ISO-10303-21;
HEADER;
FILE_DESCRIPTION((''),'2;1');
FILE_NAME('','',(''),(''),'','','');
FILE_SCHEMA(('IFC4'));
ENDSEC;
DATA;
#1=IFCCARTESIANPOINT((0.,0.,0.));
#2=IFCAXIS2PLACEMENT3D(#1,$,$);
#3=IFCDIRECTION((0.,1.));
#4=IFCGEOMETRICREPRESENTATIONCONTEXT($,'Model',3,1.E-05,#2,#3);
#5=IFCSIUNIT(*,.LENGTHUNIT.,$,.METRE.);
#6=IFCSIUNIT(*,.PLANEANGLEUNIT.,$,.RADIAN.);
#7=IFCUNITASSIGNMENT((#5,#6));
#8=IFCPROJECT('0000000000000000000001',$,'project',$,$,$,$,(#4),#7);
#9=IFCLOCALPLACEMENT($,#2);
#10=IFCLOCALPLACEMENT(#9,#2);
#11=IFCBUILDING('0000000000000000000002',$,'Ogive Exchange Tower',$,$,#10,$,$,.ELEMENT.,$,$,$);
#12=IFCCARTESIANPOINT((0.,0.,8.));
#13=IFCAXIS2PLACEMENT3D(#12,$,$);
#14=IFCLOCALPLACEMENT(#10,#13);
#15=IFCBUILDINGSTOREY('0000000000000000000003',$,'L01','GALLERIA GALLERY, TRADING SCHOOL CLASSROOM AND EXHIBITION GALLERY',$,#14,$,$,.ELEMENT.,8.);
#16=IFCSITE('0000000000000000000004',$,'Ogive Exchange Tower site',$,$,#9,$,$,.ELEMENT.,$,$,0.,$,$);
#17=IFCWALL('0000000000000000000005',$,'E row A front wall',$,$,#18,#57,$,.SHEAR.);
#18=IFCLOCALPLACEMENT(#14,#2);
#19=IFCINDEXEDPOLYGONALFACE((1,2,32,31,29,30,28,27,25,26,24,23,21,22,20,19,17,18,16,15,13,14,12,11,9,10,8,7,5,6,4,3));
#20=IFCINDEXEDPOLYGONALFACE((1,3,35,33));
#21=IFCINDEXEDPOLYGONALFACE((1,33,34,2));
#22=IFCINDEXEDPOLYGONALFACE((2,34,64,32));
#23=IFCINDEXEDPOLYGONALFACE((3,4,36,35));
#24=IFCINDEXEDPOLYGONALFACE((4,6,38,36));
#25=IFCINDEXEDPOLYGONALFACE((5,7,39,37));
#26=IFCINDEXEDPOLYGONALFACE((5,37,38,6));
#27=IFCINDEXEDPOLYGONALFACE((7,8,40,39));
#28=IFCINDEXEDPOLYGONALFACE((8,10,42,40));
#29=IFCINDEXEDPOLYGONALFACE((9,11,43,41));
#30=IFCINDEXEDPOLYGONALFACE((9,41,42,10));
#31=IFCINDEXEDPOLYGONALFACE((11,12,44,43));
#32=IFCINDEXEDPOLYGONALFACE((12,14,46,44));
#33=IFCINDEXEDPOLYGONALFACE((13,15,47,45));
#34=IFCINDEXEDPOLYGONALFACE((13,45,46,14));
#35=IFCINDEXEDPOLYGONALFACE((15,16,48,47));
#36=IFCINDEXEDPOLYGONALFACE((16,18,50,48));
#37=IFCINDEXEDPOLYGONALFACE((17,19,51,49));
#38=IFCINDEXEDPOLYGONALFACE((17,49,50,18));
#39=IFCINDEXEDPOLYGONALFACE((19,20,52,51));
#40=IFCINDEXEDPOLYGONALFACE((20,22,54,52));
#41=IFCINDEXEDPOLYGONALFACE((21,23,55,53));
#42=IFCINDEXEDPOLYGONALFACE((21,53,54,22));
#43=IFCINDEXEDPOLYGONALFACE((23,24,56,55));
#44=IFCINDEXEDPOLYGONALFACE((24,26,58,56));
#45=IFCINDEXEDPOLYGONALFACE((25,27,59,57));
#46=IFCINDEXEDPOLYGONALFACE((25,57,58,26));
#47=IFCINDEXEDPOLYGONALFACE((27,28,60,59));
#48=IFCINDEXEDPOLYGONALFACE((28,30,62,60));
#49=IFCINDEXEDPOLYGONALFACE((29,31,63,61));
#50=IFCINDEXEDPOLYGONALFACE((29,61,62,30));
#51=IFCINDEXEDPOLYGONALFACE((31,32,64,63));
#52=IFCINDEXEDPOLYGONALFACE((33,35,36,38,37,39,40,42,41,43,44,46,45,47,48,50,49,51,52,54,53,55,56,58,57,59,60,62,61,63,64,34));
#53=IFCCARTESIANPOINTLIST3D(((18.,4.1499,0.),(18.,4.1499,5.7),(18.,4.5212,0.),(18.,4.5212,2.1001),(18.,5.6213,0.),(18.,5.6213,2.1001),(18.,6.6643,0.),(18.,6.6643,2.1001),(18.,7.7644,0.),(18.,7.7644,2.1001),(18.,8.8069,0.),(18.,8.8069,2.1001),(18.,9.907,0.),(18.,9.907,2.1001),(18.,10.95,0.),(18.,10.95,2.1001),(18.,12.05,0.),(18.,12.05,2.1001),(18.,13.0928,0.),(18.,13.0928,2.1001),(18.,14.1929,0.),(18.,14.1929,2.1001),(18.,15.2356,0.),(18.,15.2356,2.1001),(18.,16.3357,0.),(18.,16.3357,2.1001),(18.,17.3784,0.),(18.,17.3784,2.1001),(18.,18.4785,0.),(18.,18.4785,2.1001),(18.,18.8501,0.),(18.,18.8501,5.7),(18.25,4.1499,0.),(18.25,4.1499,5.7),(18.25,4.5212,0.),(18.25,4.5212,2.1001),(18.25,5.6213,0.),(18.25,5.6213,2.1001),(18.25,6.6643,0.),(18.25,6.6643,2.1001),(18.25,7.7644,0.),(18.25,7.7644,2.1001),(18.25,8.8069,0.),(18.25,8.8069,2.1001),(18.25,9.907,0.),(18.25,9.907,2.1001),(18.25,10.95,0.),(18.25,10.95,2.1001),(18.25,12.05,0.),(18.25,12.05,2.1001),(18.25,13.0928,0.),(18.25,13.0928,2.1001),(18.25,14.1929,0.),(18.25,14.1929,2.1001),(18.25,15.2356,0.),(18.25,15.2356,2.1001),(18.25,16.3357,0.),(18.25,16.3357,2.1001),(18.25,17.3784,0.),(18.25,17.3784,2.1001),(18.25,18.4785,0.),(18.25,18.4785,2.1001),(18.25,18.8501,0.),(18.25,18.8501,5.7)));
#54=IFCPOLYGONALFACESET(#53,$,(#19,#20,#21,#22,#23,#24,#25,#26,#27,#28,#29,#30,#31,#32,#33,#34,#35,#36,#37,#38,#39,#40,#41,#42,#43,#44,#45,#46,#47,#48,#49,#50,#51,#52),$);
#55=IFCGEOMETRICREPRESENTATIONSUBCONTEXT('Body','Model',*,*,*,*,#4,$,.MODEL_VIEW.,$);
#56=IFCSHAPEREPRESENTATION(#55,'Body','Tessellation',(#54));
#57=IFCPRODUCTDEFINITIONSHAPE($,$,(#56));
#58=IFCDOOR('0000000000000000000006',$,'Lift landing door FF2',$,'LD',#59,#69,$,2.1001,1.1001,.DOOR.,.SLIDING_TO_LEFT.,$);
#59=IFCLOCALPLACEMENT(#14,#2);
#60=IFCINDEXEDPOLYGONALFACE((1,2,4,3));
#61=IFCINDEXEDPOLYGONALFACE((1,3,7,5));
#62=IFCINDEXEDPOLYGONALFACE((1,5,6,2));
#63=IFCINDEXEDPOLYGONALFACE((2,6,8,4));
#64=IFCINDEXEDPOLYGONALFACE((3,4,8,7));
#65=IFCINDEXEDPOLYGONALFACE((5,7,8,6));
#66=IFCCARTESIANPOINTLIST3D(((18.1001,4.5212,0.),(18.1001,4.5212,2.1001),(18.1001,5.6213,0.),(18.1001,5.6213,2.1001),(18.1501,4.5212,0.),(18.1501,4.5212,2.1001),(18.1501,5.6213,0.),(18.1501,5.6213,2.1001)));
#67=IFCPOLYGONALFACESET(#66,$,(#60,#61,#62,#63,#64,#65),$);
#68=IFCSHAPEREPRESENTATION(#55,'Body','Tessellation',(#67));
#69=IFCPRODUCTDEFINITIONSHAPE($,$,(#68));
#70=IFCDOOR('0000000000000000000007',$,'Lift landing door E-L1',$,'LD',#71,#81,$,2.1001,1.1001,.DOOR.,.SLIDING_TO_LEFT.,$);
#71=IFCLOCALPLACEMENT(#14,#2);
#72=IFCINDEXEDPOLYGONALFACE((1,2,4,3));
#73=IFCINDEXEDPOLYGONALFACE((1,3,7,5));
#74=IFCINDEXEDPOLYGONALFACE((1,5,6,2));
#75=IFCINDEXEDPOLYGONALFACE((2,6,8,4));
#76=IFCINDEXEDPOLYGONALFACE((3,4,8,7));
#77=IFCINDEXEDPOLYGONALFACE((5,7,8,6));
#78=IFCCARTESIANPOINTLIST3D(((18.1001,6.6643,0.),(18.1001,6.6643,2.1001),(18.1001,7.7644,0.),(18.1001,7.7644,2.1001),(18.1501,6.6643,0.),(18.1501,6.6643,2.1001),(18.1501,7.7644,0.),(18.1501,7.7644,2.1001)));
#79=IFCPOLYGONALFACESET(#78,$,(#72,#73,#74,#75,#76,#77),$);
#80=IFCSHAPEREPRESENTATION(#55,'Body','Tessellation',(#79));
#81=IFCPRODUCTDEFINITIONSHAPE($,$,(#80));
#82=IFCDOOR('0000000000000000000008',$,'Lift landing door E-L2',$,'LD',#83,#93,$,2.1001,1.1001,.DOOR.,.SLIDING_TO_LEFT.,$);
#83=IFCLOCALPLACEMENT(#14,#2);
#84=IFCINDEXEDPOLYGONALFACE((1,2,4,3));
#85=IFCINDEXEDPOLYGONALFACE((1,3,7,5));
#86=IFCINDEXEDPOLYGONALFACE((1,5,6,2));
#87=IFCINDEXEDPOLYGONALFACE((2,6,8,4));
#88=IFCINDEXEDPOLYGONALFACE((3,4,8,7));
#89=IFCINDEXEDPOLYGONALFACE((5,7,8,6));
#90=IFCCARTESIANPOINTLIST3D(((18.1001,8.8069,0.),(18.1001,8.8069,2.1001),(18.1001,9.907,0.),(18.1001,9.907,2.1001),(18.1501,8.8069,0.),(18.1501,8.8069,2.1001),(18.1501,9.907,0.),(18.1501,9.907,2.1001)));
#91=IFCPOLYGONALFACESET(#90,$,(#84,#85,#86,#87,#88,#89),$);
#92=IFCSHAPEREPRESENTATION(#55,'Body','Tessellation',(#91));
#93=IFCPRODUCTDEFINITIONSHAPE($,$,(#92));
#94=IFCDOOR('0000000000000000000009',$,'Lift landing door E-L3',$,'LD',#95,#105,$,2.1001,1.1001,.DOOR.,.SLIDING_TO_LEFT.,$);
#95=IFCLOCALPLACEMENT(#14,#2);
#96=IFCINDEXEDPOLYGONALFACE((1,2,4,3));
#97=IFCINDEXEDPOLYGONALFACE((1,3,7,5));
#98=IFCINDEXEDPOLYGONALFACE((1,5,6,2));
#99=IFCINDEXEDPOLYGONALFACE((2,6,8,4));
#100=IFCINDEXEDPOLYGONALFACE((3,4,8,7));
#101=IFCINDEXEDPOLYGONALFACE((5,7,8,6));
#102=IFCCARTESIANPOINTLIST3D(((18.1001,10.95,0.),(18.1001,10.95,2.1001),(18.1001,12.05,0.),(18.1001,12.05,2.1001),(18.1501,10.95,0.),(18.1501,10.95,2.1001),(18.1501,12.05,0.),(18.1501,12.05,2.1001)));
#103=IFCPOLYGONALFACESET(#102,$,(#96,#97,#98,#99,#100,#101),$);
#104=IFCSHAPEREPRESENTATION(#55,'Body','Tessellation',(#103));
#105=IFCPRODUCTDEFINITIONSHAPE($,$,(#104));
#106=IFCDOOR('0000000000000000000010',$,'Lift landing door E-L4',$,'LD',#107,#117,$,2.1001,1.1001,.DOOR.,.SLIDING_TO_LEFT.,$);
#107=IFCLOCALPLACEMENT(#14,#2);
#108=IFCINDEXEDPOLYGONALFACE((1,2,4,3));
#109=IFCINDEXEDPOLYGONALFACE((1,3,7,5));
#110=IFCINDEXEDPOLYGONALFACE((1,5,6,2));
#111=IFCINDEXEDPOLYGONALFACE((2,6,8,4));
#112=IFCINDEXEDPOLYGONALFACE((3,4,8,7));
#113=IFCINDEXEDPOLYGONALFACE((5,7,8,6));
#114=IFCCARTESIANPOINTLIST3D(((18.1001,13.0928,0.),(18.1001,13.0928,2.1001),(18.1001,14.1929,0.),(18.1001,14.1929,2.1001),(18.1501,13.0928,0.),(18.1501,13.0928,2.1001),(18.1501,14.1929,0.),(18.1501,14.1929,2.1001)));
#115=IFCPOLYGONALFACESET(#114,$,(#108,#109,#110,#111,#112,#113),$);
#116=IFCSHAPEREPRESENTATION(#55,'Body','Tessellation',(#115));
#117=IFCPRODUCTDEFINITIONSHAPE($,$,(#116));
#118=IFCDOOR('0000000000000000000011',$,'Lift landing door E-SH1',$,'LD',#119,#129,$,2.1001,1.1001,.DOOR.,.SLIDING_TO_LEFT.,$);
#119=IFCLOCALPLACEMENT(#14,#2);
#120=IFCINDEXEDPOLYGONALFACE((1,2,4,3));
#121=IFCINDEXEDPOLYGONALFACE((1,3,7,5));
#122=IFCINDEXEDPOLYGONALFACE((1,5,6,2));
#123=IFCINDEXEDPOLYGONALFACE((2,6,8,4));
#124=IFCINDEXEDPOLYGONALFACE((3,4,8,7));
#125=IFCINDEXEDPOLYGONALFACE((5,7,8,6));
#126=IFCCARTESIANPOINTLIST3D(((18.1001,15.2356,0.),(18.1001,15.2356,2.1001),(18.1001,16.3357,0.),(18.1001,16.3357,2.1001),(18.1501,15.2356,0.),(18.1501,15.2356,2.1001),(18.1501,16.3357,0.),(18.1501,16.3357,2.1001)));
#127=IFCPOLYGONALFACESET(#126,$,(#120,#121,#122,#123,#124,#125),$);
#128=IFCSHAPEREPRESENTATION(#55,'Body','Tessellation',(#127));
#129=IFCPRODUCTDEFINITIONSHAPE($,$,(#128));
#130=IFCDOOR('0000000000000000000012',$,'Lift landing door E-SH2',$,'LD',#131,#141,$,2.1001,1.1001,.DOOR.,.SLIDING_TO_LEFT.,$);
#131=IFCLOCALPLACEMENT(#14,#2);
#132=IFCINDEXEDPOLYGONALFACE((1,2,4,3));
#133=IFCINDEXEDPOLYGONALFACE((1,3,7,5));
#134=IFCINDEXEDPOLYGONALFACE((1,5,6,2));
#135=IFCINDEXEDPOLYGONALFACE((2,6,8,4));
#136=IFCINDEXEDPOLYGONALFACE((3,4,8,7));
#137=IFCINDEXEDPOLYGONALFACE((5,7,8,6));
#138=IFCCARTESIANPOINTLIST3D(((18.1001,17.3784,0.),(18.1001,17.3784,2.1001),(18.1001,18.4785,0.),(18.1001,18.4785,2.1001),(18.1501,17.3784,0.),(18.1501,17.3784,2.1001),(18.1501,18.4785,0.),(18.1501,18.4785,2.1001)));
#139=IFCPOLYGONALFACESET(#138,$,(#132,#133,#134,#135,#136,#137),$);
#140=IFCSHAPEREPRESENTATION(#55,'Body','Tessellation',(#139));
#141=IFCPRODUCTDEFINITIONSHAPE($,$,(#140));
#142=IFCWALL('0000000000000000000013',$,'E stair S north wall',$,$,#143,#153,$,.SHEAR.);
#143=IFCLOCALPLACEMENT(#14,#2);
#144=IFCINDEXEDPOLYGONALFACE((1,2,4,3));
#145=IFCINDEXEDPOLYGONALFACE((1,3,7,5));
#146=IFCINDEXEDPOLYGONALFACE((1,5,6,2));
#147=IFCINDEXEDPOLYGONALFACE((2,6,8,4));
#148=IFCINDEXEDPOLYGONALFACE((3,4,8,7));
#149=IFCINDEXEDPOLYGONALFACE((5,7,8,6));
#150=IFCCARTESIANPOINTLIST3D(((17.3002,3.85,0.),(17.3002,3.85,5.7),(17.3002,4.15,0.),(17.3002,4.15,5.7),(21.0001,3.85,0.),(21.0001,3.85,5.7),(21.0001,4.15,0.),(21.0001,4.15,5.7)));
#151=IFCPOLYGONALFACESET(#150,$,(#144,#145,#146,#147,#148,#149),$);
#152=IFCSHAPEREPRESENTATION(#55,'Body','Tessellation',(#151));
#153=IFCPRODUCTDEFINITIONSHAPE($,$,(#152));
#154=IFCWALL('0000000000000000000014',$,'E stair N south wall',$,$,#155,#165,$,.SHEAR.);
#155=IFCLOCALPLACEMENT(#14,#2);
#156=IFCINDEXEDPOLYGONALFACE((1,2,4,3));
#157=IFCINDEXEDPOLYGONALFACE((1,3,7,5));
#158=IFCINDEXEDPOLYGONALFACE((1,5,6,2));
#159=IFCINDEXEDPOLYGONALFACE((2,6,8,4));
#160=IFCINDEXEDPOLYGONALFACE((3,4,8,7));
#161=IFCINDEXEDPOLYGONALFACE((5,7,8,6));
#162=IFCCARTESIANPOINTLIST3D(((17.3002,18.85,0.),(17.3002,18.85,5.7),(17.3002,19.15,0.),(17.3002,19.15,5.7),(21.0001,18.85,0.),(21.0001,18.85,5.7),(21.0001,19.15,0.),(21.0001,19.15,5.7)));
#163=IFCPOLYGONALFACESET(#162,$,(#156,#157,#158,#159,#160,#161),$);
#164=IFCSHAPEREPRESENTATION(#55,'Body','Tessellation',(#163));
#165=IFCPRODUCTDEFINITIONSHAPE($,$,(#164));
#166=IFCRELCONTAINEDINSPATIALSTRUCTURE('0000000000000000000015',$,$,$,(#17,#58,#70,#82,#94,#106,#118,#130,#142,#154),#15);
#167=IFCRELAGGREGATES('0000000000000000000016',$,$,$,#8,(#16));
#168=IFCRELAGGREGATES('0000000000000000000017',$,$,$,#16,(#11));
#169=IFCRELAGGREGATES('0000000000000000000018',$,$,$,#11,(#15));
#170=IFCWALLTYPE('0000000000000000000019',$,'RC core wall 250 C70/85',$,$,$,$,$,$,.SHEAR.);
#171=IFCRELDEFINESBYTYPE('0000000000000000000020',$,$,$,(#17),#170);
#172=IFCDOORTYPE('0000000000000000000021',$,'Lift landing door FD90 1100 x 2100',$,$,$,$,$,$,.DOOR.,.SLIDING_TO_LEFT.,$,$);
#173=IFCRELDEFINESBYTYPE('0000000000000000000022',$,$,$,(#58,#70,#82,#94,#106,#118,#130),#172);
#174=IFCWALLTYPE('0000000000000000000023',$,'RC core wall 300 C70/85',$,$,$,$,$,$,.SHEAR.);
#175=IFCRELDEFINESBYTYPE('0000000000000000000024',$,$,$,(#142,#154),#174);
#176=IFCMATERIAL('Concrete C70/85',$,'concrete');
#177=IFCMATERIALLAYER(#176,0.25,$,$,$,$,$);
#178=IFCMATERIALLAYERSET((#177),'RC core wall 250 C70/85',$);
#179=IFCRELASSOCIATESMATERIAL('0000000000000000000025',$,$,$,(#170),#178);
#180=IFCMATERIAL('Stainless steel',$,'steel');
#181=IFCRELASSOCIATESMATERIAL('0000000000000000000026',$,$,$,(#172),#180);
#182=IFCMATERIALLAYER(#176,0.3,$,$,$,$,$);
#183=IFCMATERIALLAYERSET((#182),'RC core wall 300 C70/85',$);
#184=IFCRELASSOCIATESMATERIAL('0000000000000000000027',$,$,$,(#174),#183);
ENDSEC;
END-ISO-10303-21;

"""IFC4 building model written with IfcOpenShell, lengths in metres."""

from ifc_helpers import new_model, si_unit, direction, frame, frame_2d, origin, place, context, subcontext, project, spatial, rectangle, extrude, material, layer, layer_set, type_object, element, fill, save


model = new_model("IFC4")

# Units and contexts
model_context = context("Model", 3, precision=1e-05, world=origin(), true_north=direction((0.0, 1.0)))
body_context = subcontext(model_context, "Body", "Model", "MODEL_VIEW")
ifc_project = project(units=[si_unit("LENGTHUNIT", "METRE"), si_unit("PLANEANGLEUNIT", "RADIAN")], contexts=[model_context])

# Site, building, storey
site_placement = place(None, origin())
site = spatial("IfcSite", under=ifc_project, at=site_placement, Name="Ogive Exchange Tower site", CompositionType="ELEMENT", RefElevation=0.0)
building_placement = place(site_placement, origin())
building = spatial("IfcBuilding", under=site, at=building_placement, Name="Ogive Exchange Tower", CompositionType="ELEMENT")
storey_placement = place(building_placement, frame((0.0, 0.0, 8.0)))
storey = spatial("IfcBuildingStorey", under=building, at=storey_placement, Name="L01", Description="GALLERIA GALLERY, TRADING SCHOOL CLASSROOM AND EXHIBITION GALLERY", CompositionType="ELEMENT", Elevation=8.0)

# Shared definitions
ifc_material_1 = material(Name="Concrete C70/85", Category="concrete")
ifc_layer_1 = layer(ifc_material_1, 0.25)
ifc_layer_set_1 = layer_set([ifc_layer_1], Name="RC core wall 250 C70/85")
wall_type_1 = type_object("IfcWallType", Name="RC core wall 250 C70/85", PredefinedType="SHEAR", material=ifc_layer_set_1)

# Wall, openings, doors
wall_1_placement = place(storey_placement, frame((18.125, 4.1499, 0.0), z_axis=(0.0, 0.0, 1.0), x_axis=(0.0, 1.0, 0.0)))
wall_1 = element("IfcWall", 1, at=wall_1_placement, inside=storey, type_object=wall_type_1, Name="E row A front wall", PredefinedType="SHEAR", context=body_context, shape_type="SweptSolid", body=[
    extrude(rectangle(XDim=14.7002, YDim=0.25, at=frame_2d((7.3501, 0.0))), origin(), (0.0, 0.0, 1.0), 5.7),
])
opening_1_placement = place(wall_1_placement, frame((0.3713, 0.0, 0.0)))
opening_1 = element("IfcOpeningElement", 2, at=opening_1_placement, cuts=wall_1, PredefinedType="OPENING", context=body_context, shape_type="SweptSolid", body=[
    extrude(rectangle(XDim=1.1001, YDim=2.1001, at=frame_2d((0.55, 1.05))), frame((0.0, 0.135, 0.0), z_axis=(0.0, -1.0, 0.0), x_axis=(1.0, 0.0, 0.0)), (0.0, 0.0, 1.0), 0.27),
])
opening_2_placement = place(wall_1_placement, frame((2.5144, 0.0, 0.0)))
opening_2 = element("IfcOpeningElement", 3, at=opening_2_placement, cuts=wall_1, PredefinedType="OPENING", context=body_context, shape_type="SweptSolid", body=[
    extrude(rectangle(XDim=1.1001, YDim=2.1001, at=frame_2d((0.55, 1.05))), frame((0.0, 0.135, 0.0), z_axis=(0.0, -1.0, 0.0), x_axis=(1.0, 0.0, 0.0)), (0.0, 0.0, 1.0), 0.27),
])
opening_3_placement = place(wall_1_placement, frame((4.657, 0.0, 0.0)))
opening_3 = element("IfcOpeningElement", 4, at=opening_3_placement, cuts=wall_1, PredefinedType="OPENING", context=body_context, shape_type="SweptSolid", body=[
    extrude(rectangle(XDim=1.1001, YDim=2.1001, at=frame_2d((0.55, 1.05))), frame((0.0, 0.135, 0.0), z_axis=(0.0, -1.0, 0.0), x_axis=(1.0, 0.0, 0.0)), (0.0, 0.0, 1.0), 0.27),
])
opening_4_placement = place(wall_1_placement, frame((6.8, 0.0, 0.0)))
opening_4 = element("IfcOpeningElement", 5, at=opening_4_placement, cuts=wall_1, PredefinedType="OPENING", context=body_context, shape_type="SweptSolid", body=[
    extrude(rectangle(XDim=1.1001, YDim=2.1001, at=frame_2d((0.55, 1.05))), frame((0.0, 0.135, 0.0), z_axis=(0.0, -1.0, 0.0), x_axis=(1.0, 0.0, 0.0)), (0.0, 0.0, 1.0), 0.27),
])
opening_5_placement = place(wall_1_placement, frame((8.9429, 0.0, 0.0)))
opening_5 = element("IfcOpeningElement", 6, at=opening_5_placement, cuts=wall_1, PredefinedType="OPENING", context=body_context, shape_type="SweptSolid", body=[
    extrude(rectangle(XDim=1.1001, YDim=2.1001, at=frame_2d((0.55, 1.05))), frame((0.0, 0.135, 0.0), z_axis=(0.0, -1.0, 0.0), x_axis=(1.0, 0.0, 0.0)), (0.0, 0.0, 1.0), 0.27),
])
opening_6_placement = place(wall_1_placement, frame((11.0857, 0.0, 0.0)))
opening_6 = element("IfcOpeningElement", 7, at=opening_6_placement, cuts=wall_1, PredefinedType="OPENING", context=body_context, shape_type="SweptSolid", body=[
    extrude(rectangle(XDim=1.1001, YDim=2.1001, at=frame_2d((0.55, 1.05))), frame((0.0, 0.135, 0.0), z_axis=(0.0, -1.0, 0.0), x_axis=(1.0, 0.0, 0.0)), (0.0, 0.0, 1.0), 0.27),
])
opening_7_placement = place(wall_1_placement, frame((13.2285, 0.0, 0.0)))
opening_7 = element("IfcOpeningElement", 8, at=opening_7_placement, cuts=wall_1, PredefinedType="OPENING", context=body_context, shape_type="SweptSolid", body=[
    extrude(rectangle(XDim=1.1001, YDim=2.1001, at=frame_2d((0.55, 1.05))), frame((0.0, 0.135, 0.0), z_axis=(0.0, -1.0, 0.0), x_axis=(1.0, 0.0, 0.0)), (0.0, 0.0, 1.0), 0.27),
])
ifc_material_2 = material(Name="Stainless steel", Category="steel")
door_type_1 = type_object("IfcDoorType", Name="Lift landing door FD90 1100 x 2100", OperationType="SLIDING_TO_LEFT", PredefinedType="DOOR", material=ifc_material_2)
door_1_placement = place(opening_1_placement, origin())
door_1 = element("IfcDoor", 9, at=door_1_placement, inside=storey, type_object=door_type_1, Name="Lift landing door FF2", ObjectType="LD", OperationType="SLIDING_TO_LEFT", OverallHeight=2.1001, OverallWidth=1.1001, PredefinedType="DOOR", context=body_context, shape_type="SweptSolid", body=[
    extrude(rectangle(XDim=1.1001, YDim=2.1001, at=frame_2d((0.55, 1.05))), frame((0.0, 0.0249, 0.0), z_axis=(0.0, -1.0, 0.0), x_axis=(1.0, 0.0, 0.0)), (0.0, 0.0, 1.0), 0.05),
])
fill(opening_1, door_1)
door_2_placement = place(opening_2_placement, origin())
door_2 = element("IfcDoor", 10, at=door_2_placement, inside=storey, type_object=door_type_1, Name="Lift landing door E-L1", ObjectType="LD", OperationType="SLIDING_TO_LEFT", OverallHeight=2.1001, OverallWidth=1.1001, PredefinedType="DOOR", context=body_context, shape_type="SweptSolid", body=[
    extrude(rectangle(XDim=1.1001, YDim=2.1001, at=frame_2d((0.55, 1.05))), frame((0.0, 0.0249, 0.0), z_axis=(0.0, -1.0, 0.0), x_axis=(1.0, 0.0, 0.0)), (0.0, 0.0, 1.0), 0.05),
])
fill(opening_2, door_2)
door_3_placement = place(opening_3_placement, origin())
door_3 = element("IfcDoor", 11, at=door_3_placement, inside=storey, type_object=door_type_1, Name="Lift landing door E-L2", ObjectType="LD", OperationType="SLIDING_TO_LEFT", OverallHeight=2.1001, OverallWidth=1.1001, PredefinedType="DOOR", context=body_context, shape_type="SweptSolid", body=[
    extrude(rectangle(XDim=1.1001, YDim=2.1001, at=frame_2d((0.55, 1.05))), frame((0.0, 0.0249, 0.0), z_axis=(0.0, -1.0, 0.0), x_axis=(1.0, 0.0, 0.0)), (0.0, 0.0, 1.0), 0.05),
])
fill(opening_3, door_3)
door_4_placement = place(opening_4_placement, origin())
door_4 = element("IfcDoor", 12, at=door_4_placement, inside=storey, type_object=door_type_1, Name="Lift landing door E-L3", ObjectType="LD", OperationType="SLIDING_TO_LEFT", OverallHeight=2.1001, OverallWidth=1.1001, PredefinedType="DOOR", context=body_context, shape_type="SweptSolid", body=[
    extrude(rectangle(XDim=1.1001, YDim=2.1001, at=frame_2d((0.55, 1.05))), frame((0.0, 0.0249, 0.0), z_axis=(0.0, -1.0, 0.0), x_axis=(1.0, 0.0, 0.0)), (0.0, 0.0, 1.0), 0.05),
])
fill(opening_4, door_4)
door_5_placement = place(opening_5_placement, origin())
door_5 = element("IfcDoor", 13, at=door_5_placement, inside=storey, type_object=door_type_1, Name="Lift landing door E-L4", ObjectType="LD", OperationType="SLIDING_TO_LEFT", OverallHeight=2.1001, OverallWidth=1.1001, PredefinedType="DOOR", context=body_context, shape_type="SweptSolid", body=[
    extrude(rectangle(XDim=1.1001, YDim=2.1001, at=frame_2d((0.55, 1.05))), frame((0.0, 0.0249, 0.0), z_axis=(0.0, -1.0, 0.0), x_axis=(1.0, 0.0, 0.0)), (0.0, 0.0, 1.0), 0.05),
])
fill(opening_5, door_5)
door_6_placement = place(opening_6_placement, origin())
door_6 = element("IfcDoor", 14, at=door_6_placement, inside=storey, type_object=door_type_1, Name="Lift landing door E-SH1", ObjectType="LD", OperationType="SLIDING_TO_LEFT", OverallHeight=2.1001, OverallWidth=1.1001, PredefinedType="DOOR", context=body_context, shape_type="SweptSolid", body=[
    extrude(rectangle(XDim=1.1001, YDim=2.1001, at=frame_2d((0.55, 1.05))), frame((0.0, 0.0249, 0.0), z_axis=(0.0, -1.0, 0.0), x_axis=(1.0, 0.0, 0.0)), (0.0, 0.0, 1.0), 0.05),
])
fill(opening_6, door_6)
door_7_placement = place(opening_7_placement, origin())
door_7 = element("IfcDoor", 15, at=door_7_placement, inside=storey, type_object=door_type_1, Name="Lift landing door E-SH2", ObjectType="LD", OperationType="SLIDING_TO_LEFT", OverallHeight=2.1001, OverallWidth=1.1001, PredefinedType="DOOR", context=body_context, shape_type="SweptSolid", body=[
    extrude(rectangle(XDim=1.1001, YDim=2.1001, at=frame_2d((0.55, 1.05))), frame((0.0, 0.0249, 0.0), z_axis=(0.0, -1.0, 0.0), x_axis=(1.0, 0.0, 0.0)), (0.0, 0.0, 1.0), 0.05),
])
fill(opening_7, door_7)

# Walls
ifc_layer_2 = layer(ifc_material_1, 0.3)
ifc_layer_set_2 = layer_set([ifc_layer_2], Name="RC core wall 300 C70/85")
wall_type_2 = type_object("IfcWallType", Name="RC core wall 300 C70/85", PredefinedType="SHEAR", material=ifc_layer_set_2)
for number, where, z_axis, x_axis, name in (
    (16, (17.3, 4.0, 0.0), (0.0, 0.0, 1.0), (1.0, 0.0, 0.0), "E stair S north wall"),
    (17, (17.3, 19.0, 0.0), (0.0, 0.0, 1.0), (1.0, 0.0, 0.0), "E stair N south wall"),
):
    element("IfcWall", number, at=place(storey_placement, frame(where, z_axis=z_axis, x_axis=x_axis)), inside=storey, type_object=wall_type_2, Name=name, PredefinedType="SHEAR", context=body_context, shape_type="SweptSolid", body=[
        extrude(rectangle(XDim=3.7, YDim=0.3, at=frame_2d((1.8501, 0.0))), origin(), (0.0, 0.0, 1.0), 5.7),
    ])

save(model, "model.ifc")
